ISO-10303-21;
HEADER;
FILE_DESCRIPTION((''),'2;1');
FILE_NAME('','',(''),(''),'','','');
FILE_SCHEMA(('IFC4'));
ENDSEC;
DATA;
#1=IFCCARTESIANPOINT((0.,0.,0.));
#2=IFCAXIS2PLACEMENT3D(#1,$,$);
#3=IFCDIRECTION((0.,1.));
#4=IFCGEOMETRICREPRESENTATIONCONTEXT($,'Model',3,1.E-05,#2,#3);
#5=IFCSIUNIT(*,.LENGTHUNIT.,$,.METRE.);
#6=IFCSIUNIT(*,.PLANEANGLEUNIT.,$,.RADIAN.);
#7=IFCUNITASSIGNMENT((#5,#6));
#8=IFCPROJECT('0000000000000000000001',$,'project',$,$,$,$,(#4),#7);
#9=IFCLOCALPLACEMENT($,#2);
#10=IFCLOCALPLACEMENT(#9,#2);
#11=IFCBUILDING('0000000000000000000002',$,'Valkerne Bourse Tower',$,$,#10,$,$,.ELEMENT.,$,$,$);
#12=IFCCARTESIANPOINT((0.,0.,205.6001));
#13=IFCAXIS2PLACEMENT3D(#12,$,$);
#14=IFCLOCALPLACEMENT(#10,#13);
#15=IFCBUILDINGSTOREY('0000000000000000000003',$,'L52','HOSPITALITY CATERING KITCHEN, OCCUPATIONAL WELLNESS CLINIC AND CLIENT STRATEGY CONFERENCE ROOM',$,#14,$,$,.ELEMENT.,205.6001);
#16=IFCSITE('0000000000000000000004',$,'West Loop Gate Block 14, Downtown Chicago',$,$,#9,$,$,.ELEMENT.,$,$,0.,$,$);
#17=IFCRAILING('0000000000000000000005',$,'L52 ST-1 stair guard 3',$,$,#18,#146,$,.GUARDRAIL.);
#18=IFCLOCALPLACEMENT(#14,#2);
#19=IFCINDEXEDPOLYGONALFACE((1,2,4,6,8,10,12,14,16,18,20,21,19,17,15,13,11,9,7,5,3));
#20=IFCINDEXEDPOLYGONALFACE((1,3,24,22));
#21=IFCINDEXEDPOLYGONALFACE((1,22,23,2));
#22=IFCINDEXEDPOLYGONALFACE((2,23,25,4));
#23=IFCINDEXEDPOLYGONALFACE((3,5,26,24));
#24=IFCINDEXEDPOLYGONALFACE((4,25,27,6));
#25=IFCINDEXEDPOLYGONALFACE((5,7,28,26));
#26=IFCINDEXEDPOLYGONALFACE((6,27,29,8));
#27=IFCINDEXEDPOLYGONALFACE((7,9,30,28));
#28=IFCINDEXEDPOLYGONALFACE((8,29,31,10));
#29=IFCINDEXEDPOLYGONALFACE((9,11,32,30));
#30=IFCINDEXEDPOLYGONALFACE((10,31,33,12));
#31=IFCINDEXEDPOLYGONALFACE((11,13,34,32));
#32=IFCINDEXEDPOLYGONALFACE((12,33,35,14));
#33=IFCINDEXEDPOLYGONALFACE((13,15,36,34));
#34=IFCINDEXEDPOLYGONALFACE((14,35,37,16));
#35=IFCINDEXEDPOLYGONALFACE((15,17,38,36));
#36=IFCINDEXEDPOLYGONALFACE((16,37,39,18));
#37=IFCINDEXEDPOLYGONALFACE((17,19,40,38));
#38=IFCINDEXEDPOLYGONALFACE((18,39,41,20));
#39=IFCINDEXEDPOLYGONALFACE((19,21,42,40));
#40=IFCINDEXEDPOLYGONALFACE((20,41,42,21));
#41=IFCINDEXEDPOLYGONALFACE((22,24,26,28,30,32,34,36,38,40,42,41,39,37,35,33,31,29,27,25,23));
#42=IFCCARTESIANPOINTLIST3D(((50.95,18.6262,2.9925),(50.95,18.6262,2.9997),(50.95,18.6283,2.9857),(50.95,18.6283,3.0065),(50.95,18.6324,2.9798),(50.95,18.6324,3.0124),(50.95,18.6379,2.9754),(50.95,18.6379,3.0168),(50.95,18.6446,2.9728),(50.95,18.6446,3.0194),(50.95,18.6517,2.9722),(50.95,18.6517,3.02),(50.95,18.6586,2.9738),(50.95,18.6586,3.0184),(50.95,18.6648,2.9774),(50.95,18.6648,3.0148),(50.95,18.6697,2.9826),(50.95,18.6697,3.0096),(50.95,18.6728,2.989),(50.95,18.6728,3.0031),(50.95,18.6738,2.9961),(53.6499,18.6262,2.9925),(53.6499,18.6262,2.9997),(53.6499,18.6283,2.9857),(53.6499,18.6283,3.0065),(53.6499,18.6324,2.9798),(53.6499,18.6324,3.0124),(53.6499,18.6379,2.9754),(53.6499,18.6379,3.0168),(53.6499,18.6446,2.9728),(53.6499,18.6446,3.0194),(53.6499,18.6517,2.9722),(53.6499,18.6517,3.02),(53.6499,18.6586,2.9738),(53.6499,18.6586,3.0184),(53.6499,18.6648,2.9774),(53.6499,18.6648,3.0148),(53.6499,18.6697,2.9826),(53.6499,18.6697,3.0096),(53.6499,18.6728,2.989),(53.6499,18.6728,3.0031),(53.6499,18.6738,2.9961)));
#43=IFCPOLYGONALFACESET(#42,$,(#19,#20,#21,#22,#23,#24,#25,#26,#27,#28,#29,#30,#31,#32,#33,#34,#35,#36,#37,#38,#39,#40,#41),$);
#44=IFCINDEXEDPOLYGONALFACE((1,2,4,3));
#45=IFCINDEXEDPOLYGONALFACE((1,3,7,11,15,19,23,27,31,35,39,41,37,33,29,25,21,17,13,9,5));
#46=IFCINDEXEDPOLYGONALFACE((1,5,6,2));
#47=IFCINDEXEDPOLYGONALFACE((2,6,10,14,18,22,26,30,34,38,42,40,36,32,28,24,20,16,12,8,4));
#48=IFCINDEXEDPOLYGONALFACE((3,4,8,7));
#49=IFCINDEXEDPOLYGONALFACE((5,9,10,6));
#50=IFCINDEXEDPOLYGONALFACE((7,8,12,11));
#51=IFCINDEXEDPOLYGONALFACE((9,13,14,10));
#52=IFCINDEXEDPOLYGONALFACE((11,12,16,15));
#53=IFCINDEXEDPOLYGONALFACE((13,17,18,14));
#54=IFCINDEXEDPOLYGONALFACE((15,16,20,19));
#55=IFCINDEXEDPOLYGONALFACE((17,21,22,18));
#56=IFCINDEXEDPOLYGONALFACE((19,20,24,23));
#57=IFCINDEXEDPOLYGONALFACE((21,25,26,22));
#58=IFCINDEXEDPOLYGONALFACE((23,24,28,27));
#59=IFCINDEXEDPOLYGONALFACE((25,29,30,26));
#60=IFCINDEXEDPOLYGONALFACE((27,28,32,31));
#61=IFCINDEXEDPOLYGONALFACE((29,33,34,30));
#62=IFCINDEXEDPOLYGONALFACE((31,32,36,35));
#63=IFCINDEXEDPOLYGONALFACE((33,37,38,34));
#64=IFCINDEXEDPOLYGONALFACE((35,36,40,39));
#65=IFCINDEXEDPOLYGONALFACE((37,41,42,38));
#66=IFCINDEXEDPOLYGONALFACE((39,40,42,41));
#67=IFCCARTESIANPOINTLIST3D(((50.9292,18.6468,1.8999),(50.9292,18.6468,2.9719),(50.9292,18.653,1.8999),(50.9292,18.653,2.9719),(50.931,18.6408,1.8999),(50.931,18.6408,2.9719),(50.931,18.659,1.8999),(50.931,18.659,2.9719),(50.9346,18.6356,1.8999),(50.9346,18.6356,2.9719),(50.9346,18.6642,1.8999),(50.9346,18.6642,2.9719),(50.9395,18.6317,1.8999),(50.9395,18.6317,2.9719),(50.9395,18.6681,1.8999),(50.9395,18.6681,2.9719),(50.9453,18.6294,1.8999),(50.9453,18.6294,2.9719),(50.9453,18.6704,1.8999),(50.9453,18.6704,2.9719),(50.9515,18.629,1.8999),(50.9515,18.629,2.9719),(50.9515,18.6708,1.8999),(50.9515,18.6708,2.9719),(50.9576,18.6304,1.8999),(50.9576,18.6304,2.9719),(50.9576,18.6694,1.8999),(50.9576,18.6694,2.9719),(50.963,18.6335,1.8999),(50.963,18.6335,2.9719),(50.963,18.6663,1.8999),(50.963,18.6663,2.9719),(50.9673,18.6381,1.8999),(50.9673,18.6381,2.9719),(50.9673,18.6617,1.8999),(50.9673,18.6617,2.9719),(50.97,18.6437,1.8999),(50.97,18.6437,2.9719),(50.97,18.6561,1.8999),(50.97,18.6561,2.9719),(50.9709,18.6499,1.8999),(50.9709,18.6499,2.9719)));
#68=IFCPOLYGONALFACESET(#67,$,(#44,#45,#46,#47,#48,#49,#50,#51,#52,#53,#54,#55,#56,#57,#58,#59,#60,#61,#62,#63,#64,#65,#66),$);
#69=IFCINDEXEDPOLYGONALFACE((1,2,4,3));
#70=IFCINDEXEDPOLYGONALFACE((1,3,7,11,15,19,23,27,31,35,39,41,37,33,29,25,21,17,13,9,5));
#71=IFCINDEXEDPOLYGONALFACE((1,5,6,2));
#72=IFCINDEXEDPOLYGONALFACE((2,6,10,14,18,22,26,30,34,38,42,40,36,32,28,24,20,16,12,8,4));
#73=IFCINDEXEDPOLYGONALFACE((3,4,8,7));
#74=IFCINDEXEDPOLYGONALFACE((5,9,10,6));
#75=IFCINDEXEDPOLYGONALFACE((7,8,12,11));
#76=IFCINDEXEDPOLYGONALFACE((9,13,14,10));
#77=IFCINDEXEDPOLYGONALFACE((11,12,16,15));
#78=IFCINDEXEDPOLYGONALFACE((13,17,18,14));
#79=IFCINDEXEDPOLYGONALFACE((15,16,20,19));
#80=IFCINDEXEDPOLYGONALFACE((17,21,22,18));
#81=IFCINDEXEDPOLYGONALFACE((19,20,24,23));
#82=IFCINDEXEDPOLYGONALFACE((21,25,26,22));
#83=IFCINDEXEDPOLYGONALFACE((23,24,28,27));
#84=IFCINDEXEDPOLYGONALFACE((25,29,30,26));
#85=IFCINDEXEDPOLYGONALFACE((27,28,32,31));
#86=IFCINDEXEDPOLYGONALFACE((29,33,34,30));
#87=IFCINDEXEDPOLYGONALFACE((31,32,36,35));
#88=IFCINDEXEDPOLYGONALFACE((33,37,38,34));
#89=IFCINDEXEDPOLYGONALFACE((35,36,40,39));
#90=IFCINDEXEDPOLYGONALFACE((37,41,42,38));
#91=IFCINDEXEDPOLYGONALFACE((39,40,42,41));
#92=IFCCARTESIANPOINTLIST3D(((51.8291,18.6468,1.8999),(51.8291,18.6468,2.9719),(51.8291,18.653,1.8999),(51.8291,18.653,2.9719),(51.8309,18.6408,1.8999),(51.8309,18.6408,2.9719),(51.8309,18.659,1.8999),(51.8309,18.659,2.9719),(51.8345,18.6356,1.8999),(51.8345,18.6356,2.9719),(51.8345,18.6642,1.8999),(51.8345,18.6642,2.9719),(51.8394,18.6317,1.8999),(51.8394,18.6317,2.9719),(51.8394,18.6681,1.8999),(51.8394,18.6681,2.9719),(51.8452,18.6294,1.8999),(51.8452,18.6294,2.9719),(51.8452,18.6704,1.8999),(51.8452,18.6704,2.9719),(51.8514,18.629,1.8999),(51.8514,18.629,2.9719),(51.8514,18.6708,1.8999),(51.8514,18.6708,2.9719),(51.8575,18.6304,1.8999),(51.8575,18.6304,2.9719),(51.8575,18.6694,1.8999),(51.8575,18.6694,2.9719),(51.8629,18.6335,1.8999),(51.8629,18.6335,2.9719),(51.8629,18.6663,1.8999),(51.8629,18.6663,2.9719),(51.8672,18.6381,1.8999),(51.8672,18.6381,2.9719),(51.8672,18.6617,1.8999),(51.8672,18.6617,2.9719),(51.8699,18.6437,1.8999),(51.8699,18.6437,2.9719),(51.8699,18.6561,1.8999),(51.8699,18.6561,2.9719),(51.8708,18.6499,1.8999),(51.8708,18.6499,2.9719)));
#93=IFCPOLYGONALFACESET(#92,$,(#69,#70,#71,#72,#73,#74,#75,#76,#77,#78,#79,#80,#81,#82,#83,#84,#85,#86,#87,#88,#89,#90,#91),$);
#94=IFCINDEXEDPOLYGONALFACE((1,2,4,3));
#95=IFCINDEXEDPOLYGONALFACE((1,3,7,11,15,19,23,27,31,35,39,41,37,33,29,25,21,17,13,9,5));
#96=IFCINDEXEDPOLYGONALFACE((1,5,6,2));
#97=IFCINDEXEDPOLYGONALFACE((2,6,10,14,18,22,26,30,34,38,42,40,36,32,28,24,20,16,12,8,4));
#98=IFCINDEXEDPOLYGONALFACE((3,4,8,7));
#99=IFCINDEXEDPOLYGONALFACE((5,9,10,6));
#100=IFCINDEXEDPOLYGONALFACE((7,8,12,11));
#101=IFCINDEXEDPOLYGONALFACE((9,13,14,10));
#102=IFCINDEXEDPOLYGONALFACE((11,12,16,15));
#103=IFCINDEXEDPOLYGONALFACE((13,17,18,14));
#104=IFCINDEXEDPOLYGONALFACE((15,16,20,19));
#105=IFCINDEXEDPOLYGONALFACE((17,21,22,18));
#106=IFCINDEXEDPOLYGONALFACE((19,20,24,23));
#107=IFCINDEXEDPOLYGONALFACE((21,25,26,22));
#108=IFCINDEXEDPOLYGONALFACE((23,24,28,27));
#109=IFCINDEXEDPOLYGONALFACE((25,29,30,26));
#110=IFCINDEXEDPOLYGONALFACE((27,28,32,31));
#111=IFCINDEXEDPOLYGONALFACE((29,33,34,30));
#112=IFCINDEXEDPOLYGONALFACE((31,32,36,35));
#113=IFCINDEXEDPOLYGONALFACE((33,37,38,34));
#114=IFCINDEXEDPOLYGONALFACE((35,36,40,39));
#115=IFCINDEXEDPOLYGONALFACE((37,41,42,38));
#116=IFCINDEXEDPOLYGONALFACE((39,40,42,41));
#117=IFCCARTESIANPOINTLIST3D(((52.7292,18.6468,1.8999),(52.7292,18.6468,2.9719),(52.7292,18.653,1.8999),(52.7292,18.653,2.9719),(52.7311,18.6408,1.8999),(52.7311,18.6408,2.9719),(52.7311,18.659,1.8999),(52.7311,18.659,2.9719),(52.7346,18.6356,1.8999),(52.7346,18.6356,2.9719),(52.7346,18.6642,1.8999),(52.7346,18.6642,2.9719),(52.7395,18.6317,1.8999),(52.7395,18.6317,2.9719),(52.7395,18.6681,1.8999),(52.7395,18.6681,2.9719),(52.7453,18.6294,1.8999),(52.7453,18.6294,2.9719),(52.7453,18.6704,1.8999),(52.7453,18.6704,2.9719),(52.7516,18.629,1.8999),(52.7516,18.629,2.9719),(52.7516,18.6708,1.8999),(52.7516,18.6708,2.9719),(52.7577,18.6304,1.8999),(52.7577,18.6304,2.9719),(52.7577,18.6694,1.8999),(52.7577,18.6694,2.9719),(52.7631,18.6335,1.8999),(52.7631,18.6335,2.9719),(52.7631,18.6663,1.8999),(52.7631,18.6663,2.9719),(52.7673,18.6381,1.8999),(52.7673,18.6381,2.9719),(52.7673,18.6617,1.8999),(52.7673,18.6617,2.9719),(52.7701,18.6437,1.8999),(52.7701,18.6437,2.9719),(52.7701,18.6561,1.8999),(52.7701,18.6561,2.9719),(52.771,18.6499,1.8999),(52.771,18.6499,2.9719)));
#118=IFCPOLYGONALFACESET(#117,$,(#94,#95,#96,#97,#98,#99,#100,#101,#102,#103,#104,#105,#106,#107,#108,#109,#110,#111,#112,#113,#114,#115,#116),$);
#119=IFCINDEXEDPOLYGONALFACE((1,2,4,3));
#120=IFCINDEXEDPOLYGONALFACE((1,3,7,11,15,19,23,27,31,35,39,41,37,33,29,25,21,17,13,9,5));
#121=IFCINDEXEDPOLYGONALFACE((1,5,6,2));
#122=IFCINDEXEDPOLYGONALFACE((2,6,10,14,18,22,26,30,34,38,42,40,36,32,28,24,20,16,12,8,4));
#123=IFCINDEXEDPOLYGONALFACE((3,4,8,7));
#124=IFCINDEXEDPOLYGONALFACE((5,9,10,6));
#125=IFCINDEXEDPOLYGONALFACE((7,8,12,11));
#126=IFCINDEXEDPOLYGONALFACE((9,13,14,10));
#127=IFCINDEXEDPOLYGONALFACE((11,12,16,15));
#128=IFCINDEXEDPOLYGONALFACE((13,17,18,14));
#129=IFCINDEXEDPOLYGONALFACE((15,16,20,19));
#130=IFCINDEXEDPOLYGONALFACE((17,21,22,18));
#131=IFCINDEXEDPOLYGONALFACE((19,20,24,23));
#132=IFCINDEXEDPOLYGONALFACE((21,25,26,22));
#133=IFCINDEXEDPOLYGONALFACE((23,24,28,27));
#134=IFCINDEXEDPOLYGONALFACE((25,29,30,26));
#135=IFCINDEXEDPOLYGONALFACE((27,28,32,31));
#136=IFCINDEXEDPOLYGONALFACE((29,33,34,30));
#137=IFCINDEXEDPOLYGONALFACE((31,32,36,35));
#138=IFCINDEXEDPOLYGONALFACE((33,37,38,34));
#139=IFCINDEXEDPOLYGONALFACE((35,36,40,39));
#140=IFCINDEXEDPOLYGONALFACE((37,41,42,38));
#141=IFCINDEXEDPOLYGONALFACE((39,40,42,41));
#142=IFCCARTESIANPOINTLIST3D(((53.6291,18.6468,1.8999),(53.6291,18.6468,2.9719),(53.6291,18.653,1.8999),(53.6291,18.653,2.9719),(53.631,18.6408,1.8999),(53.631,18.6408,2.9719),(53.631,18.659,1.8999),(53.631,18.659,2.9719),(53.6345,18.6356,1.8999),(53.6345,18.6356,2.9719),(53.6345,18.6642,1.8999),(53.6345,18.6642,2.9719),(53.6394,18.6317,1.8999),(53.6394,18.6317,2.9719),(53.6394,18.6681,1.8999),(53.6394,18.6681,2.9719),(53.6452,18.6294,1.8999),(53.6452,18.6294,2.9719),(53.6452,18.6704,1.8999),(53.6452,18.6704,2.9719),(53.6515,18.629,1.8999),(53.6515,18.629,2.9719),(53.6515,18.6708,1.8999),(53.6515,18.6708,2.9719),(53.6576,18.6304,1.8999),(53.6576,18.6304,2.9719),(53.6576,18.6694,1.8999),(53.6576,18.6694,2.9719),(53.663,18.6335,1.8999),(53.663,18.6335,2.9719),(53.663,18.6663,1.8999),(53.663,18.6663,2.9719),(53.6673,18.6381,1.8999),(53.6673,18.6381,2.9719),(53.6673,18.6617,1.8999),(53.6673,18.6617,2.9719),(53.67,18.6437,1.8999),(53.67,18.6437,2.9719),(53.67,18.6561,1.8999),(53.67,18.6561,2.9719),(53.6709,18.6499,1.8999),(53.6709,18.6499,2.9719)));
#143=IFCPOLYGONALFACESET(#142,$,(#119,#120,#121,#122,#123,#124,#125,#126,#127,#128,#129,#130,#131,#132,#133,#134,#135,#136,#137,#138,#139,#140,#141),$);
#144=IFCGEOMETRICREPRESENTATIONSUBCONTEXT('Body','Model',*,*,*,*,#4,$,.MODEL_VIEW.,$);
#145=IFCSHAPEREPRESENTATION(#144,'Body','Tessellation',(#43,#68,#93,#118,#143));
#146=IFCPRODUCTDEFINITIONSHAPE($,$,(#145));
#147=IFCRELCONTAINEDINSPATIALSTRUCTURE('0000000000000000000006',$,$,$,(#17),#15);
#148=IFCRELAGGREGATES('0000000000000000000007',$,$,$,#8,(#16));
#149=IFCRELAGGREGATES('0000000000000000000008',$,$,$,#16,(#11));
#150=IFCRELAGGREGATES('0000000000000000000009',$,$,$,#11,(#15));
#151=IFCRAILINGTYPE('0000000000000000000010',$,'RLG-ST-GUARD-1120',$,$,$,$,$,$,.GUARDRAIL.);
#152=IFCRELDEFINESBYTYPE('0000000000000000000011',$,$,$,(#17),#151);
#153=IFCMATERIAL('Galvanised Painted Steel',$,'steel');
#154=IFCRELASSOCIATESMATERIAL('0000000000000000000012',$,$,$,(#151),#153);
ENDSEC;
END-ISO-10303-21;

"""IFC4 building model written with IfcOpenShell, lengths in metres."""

from ifc_helpers import new_model, si_unit, direction, frame, origin, origin_2d, place, context, subcontext, project, spatial, circle, extrude, material, type_object, element, save


model = new_model("IFC4")

# Units and contexts
model_context = context("Model", 3, precision=1e-05, world=origin(), true_north=direction((0.0, 1.0)))
body_context = subcontext(model_context, "Body", "Model", "MODEL_VIEW")
ifc_project = project(units=[si_unit("LENGTHUNIT", "METRE"), si_unit("PLANEANGLEUNIT", "RADIAN")], contexts=[model_context])

# Site, building, storey
site_placement = place(None, origin())
site = spatial("IfcSite", under=ifc_project, at=site_placement, Name="West Loop Gate Block 14, Downtown Chicago", CompositionType="ELEMENT", RefElevation=0.0)
building_placement = place(site_placement, origin())
building = spatial("IfcBuilding", under=site, at=building_placement, Name="Valkerne Bourse Tower", CompositionType="ELEMENT")
storey_placement = place(building_placement, frame((0.0, 0.0, 205.6001)))
storey = spatial("IfcBuildingStorey", under=building, at=storey_placement, Name="L52", Description="HOSPITALITY CATERING KITCHEN, OCCUPATIONAL WELLNESS CLINIC AND CLIENT STRATEGY CONFERENCE ROOM", CompositionType="ELEMENT", Elevation=205.6001)

# Shared definitions
ifc_material_1 = material(Name="Galvanised Painted Steel", Category="steel")

# Railing
railing_type_1 = type_object("IfcRailingType", Name="RLG-ST-GUARD-1120", PredefinedType="GUARDRAIL", material=ifc_material_1)
for number, where, name in (
    (1, (50.95, 18.6499, 1.8999), "L52 ST-1 stair guard 3"),
):
    element("IfcRailing", number, at=place(storey_placement, frame(where)), inside=storey, type_object=railing_type_1, Name=name, PredefinedType="GUARDRAIL", context=body_context, shape_type="SweptSolid", body=[
        extrude(circle(Radius=0.0239, at=origin_2d()), frame((0.0, 0.0, 1.0962), z_axis=(1.0, 0.0, 0.0), x_axis=(0.0, 1.0, 0.0)), (0.0, 0.0, 1.0), 2.7),
        extrude(circle(Radius=0.021, at=origin_2d()), origin(), (0.0, 0.0, 1.0), 1.072),
        extrude(circle(Radius=0.021, at=origin_2d()), frame((0.8999, 0.0, 0.0)), (0.0, 0.0, 1.0), 1.072),
        extrude(circle(Radius=0.021, at=origin_2d()), frame((1.8, 0.0, 0.0)), (0.0, 0.0, 1.0), 1.072),
        extrude(circle(Radius=0.021, at=origin_2d()), frame((2.7, 0.0, 0.0)), (0.0, 0.0, 1.0), 1.072),
    ])

save(model, "model.ifc")
